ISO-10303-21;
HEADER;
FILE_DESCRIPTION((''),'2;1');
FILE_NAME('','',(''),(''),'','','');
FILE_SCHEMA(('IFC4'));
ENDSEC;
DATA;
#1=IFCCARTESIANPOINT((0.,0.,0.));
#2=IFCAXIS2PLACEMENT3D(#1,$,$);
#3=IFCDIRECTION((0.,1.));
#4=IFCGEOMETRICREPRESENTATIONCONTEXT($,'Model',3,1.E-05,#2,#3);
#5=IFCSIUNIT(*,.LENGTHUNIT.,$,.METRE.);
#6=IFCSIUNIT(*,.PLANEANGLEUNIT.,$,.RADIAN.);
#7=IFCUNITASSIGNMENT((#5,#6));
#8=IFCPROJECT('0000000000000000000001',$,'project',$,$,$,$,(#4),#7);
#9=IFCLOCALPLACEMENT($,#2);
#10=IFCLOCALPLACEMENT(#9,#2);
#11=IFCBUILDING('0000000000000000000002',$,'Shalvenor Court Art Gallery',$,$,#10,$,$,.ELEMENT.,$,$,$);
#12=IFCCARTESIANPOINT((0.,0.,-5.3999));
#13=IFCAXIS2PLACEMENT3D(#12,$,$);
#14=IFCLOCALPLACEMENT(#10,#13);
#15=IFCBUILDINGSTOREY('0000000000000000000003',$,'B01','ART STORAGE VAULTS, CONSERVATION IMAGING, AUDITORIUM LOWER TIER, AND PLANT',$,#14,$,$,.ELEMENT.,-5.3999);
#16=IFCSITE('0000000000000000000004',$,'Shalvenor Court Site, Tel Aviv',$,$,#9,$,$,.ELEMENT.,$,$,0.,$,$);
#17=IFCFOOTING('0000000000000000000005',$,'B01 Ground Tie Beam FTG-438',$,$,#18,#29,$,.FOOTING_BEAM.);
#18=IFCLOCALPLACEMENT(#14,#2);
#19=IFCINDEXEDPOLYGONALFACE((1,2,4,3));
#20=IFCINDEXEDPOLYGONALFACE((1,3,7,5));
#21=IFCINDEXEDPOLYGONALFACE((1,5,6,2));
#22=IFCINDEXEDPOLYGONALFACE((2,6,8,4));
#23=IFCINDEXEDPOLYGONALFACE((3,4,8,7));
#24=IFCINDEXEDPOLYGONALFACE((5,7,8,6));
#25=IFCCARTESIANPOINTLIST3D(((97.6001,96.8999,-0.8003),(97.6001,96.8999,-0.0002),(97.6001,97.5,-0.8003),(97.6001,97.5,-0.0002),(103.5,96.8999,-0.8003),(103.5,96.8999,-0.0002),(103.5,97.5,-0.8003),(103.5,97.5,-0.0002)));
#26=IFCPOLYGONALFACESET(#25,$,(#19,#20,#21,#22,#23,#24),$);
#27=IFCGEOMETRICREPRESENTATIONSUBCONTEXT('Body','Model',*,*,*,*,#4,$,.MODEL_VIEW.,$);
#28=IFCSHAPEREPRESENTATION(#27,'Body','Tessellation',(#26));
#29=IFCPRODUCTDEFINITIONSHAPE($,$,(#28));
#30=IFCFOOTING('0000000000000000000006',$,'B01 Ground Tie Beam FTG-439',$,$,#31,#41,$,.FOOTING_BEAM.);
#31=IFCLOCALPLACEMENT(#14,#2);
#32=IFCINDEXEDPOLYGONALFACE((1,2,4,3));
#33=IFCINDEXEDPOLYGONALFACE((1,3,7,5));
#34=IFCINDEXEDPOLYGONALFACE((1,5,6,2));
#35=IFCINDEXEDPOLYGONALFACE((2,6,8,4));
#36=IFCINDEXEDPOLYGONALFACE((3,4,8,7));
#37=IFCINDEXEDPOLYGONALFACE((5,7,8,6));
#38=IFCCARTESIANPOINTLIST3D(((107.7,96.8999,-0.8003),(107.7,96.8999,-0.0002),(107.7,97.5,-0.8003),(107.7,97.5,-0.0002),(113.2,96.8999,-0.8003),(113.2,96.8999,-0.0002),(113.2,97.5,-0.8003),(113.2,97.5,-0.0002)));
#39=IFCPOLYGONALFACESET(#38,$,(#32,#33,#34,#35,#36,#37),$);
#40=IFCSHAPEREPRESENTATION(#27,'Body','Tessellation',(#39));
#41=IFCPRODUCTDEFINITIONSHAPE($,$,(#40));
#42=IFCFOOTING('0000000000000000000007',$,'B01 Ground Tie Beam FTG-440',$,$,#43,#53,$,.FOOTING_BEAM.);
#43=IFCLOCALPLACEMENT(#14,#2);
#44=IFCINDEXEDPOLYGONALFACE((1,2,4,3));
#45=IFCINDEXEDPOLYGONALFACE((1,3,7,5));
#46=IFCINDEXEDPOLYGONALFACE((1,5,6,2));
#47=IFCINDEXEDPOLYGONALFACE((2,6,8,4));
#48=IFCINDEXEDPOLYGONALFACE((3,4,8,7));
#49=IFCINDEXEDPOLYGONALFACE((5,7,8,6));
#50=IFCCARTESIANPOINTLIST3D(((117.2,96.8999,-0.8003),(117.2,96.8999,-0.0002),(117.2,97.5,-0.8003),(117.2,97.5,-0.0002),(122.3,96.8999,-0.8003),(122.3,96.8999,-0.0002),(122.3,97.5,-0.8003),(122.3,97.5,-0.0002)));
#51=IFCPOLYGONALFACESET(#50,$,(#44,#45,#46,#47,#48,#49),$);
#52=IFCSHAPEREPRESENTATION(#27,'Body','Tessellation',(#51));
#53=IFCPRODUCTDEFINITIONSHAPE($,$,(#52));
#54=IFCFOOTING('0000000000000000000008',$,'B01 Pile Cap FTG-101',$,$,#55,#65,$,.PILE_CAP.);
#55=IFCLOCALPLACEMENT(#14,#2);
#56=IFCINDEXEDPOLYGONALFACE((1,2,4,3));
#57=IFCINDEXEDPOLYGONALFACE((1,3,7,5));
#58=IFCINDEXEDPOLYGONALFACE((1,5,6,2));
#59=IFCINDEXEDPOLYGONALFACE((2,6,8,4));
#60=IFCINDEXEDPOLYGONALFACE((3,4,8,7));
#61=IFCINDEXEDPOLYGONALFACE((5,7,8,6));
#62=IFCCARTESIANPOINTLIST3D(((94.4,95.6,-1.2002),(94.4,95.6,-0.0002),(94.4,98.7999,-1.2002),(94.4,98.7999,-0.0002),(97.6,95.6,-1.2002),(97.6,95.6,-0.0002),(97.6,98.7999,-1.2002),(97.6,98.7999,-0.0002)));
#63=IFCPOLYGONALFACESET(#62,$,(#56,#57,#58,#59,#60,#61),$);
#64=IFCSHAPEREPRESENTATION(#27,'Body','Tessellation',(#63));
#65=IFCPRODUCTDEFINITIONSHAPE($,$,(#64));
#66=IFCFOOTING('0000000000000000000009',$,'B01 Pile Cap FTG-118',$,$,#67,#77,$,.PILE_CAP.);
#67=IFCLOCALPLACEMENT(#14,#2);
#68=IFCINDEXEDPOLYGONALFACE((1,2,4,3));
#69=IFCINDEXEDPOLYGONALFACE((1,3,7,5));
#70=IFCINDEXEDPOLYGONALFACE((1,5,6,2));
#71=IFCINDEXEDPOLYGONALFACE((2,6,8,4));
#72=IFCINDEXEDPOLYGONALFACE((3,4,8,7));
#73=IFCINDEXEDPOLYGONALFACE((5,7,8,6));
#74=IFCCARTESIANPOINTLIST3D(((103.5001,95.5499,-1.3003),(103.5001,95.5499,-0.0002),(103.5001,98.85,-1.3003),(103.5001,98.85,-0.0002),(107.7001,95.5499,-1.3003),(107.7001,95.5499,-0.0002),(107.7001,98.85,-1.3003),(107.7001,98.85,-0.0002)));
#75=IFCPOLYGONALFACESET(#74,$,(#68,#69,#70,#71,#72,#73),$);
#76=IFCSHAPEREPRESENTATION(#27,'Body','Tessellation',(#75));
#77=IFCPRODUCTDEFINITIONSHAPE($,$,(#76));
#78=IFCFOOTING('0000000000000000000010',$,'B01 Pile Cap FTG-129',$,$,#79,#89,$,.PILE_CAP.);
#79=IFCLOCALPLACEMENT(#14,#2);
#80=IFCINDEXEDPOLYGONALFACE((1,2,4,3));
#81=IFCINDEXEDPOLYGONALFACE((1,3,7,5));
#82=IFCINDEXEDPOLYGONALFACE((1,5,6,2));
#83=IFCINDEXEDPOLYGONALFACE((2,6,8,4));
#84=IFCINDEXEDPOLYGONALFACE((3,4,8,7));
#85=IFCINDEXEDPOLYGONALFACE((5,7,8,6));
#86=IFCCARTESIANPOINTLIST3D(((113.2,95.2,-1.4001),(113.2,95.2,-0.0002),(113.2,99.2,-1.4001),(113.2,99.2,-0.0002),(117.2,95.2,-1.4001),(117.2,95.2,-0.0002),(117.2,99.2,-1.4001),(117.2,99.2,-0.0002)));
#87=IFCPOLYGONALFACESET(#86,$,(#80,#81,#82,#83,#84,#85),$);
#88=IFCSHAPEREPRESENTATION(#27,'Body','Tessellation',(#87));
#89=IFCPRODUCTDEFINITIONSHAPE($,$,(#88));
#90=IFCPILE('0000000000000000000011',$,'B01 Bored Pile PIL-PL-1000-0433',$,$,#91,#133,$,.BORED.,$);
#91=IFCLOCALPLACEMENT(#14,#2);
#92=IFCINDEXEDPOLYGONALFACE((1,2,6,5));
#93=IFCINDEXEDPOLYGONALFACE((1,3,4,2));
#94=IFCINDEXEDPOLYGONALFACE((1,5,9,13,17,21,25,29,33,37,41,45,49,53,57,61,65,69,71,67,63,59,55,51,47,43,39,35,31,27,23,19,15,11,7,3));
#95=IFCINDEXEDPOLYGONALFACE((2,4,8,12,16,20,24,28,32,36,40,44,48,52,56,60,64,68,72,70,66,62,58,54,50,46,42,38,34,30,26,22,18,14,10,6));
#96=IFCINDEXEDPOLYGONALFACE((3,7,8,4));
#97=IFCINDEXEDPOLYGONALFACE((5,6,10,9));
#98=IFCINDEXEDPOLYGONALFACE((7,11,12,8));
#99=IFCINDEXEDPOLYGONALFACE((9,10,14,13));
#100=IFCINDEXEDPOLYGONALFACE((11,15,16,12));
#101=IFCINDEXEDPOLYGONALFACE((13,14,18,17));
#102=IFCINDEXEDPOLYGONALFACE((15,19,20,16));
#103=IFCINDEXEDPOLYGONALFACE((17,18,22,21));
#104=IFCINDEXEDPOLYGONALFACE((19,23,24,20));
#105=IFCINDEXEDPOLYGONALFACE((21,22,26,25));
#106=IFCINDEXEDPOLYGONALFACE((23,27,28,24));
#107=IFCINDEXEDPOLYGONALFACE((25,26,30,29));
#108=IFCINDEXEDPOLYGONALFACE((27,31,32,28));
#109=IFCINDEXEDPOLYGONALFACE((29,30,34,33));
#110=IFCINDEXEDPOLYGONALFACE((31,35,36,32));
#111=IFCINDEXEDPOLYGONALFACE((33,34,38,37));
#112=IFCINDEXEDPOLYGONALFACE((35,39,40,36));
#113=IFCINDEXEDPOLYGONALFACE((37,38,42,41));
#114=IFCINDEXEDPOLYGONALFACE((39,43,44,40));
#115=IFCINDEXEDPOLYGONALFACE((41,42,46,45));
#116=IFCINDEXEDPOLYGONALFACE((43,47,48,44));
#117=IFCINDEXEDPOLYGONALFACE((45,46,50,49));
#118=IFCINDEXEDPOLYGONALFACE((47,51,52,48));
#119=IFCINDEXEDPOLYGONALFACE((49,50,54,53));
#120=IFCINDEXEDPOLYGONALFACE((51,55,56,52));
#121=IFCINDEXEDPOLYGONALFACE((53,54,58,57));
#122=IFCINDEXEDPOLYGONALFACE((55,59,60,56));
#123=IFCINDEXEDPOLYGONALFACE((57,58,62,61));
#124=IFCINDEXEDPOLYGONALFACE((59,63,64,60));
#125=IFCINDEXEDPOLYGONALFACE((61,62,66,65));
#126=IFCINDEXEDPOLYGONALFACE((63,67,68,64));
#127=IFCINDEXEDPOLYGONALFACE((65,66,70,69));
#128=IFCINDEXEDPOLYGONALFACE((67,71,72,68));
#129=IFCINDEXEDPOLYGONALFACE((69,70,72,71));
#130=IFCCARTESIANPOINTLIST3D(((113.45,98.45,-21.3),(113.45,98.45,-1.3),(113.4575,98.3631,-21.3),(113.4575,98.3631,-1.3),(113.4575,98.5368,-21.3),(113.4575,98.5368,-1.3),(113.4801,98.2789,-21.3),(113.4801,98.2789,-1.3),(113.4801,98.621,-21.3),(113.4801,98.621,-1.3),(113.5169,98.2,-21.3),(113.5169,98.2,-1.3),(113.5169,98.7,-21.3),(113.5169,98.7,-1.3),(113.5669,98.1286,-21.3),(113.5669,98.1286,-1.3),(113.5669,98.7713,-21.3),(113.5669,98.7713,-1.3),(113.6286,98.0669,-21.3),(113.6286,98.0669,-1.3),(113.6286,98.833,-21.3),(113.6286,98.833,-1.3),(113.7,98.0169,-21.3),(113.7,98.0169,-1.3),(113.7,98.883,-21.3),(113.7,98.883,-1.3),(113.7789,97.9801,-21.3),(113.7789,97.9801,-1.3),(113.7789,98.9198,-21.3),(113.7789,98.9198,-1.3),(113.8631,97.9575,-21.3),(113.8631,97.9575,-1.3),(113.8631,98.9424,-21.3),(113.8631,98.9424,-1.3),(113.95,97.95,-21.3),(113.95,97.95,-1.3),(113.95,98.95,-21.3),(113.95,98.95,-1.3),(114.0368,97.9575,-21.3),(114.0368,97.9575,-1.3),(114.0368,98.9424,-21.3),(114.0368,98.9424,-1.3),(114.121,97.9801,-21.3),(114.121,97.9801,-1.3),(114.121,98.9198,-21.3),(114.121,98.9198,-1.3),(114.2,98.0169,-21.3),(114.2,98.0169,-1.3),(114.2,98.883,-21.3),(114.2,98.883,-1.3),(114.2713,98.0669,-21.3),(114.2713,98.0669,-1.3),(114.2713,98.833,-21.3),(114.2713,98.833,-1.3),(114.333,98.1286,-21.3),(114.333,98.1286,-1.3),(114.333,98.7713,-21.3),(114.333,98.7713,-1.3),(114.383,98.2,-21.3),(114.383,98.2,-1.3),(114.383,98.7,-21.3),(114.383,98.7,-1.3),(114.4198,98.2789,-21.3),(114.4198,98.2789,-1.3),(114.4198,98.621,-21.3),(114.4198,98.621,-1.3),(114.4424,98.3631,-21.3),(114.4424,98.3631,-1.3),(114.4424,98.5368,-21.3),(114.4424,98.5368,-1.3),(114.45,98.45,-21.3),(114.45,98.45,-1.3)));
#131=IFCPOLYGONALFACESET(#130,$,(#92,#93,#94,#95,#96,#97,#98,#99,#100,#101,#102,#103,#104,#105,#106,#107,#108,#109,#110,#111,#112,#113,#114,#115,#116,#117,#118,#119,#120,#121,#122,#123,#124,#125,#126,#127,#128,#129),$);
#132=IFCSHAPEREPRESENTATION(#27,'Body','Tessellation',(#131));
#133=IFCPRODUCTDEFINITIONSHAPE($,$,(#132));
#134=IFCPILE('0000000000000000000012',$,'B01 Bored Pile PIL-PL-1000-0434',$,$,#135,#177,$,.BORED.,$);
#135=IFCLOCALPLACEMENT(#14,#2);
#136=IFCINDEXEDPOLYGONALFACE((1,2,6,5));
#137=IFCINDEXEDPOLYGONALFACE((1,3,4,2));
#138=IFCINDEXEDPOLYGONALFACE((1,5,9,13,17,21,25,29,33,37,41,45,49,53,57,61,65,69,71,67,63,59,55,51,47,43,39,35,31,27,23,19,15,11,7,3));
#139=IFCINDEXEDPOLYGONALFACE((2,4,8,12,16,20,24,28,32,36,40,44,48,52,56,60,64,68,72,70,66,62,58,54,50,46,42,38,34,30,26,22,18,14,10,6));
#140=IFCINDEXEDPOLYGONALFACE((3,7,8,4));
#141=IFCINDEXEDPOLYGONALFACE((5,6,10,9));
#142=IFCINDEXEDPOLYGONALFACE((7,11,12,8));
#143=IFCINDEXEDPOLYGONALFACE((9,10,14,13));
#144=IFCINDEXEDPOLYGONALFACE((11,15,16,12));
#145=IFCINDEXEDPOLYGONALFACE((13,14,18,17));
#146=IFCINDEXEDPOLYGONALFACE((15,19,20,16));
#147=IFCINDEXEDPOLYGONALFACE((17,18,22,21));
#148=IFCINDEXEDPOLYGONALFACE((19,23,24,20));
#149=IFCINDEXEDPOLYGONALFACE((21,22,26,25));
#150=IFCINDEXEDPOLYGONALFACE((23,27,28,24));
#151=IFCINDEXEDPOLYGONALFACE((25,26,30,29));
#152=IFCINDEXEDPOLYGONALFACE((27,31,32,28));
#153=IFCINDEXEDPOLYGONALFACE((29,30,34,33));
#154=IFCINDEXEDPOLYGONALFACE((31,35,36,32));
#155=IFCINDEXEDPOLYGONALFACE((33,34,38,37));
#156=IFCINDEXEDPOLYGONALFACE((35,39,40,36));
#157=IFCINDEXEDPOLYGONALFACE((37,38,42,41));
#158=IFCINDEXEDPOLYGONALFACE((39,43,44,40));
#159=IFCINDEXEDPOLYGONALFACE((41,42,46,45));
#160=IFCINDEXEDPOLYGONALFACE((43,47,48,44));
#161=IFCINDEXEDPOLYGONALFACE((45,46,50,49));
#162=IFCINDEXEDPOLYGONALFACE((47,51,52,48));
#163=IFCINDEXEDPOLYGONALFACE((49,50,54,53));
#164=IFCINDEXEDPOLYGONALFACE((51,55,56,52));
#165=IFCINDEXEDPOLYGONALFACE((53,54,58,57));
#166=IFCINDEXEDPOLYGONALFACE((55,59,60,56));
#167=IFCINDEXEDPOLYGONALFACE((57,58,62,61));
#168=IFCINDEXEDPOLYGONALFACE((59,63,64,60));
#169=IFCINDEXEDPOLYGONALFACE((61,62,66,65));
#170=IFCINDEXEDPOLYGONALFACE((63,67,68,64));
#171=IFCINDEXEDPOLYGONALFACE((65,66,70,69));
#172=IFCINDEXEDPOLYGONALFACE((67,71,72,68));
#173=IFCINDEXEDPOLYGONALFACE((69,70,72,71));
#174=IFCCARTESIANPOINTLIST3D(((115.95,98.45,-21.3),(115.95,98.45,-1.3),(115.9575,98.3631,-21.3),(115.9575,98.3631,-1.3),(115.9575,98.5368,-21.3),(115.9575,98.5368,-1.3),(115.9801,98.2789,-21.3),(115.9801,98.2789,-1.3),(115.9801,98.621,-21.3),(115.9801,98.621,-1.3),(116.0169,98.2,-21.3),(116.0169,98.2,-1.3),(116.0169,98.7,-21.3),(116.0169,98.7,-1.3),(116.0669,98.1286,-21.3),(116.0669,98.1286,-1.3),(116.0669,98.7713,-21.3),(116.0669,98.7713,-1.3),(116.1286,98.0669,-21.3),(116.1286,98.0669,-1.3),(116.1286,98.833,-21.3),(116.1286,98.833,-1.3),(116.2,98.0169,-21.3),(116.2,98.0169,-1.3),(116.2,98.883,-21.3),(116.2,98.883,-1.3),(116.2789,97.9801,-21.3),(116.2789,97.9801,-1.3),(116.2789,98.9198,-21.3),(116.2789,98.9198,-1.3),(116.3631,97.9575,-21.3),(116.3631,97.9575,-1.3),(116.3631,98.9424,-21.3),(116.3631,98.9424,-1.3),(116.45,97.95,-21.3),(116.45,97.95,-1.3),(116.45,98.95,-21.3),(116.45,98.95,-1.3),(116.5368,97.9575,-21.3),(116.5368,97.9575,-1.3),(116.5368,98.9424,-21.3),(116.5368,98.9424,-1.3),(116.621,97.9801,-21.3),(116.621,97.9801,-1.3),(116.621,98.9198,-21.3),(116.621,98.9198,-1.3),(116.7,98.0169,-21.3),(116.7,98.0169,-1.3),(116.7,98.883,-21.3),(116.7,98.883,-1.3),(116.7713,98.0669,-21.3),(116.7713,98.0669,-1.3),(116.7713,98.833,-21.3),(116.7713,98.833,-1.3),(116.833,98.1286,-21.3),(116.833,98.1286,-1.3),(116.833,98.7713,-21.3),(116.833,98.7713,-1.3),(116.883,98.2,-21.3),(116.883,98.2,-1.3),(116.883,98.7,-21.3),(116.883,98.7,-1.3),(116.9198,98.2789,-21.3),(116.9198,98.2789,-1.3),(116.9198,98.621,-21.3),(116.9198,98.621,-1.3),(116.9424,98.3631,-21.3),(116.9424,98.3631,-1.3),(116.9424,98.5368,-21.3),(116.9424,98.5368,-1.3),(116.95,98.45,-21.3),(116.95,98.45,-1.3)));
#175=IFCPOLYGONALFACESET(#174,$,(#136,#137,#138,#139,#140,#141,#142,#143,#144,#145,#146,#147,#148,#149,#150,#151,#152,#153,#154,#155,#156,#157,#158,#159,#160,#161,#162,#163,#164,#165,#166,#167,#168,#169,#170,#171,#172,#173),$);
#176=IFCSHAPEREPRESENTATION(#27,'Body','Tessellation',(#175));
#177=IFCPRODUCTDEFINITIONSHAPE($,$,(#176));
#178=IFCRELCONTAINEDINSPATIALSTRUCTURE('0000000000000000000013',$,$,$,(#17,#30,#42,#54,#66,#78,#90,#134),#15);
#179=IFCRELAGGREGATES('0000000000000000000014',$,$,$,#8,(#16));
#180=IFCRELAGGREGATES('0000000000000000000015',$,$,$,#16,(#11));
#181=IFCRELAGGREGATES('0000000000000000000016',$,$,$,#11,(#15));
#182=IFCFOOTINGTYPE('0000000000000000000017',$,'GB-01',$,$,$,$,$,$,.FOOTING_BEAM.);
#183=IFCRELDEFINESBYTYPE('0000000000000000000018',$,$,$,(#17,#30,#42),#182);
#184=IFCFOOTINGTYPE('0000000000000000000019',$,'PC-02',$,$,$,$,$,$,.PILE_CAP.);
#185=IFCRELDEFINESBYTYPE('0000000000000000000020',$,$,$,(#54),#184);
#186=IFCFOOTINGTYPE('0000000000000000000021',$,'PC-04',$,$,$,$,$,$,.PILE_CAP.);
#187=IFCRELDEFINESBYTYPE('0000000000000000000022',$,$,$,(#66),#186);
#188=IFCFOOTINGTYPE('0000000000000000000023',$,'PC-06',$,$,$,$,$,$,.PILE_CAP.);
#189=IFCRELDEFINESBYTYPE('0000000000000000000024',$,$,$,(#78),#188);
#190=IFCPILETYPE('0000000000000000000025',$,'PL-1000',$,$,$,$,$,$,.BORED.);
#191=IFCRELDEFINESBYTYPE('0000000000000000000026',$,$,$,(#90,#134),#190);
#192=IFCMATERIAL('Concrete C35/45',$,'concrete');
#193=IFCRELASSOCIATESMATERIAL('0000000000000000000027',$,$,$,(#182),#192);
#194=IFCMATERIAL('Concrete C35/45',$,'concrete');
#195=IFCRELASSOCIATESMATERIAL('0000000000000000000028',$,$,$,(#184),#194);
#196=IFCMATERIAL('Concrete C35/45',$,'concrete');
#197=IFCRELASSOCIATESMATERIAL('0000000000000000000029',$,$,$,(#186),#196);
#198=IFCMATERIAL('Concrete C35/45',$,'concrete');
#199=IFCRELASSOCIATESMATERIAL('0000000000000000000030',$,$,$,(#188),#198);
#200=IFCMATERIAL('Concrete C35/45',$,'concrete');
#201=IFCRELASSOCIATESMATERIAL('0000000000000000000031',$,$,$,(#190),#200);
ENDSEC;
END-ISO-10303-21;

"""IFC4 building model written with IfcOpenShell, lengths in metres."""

from ifc_helpers import new_model, si_unit, direction, frame, origin, origin_2d, place, context, subcontext, project, spatial, rectangle, circle, extrude, material, material_profile, profile_set, type_object, element, save


model = new_model("IFC4")

# Units and contexts
model_context = context("Model", 3, precision=1e-05, world=origin(), true_north=direction((0.0, 1.0)))
body_context = subcontext(model_context, "Body", "Model", "MODEL_VIEW")
ifc_project = project(units=[si_unit("LENGTHUNIT", "METRE"), si_unit("PLANEANGLEUNIT", "RADIAN")], contexts=[model_context])

# Site, building, storey
site_placement = place(None, origin())
site = spatial("IfcSite", under=ifc_project, at=site_placement, Name="Shalvenor Court Site, Tel Aviv", CompositionType="ELEMENT", RefElevation=0.0)
building_placement = place(site_placement, origin())
building = spatial("IfcBuilding", under=site, at=building_placement, Name="Shalvenor Court Art Gallery", CompositionType="ELEMENT")
storey_placement = place(building_placement, frame((0.0, 0.0, -5.3999)))
storey = spatial("IfcBuildingStorey", under=building, at=storey_placement, Name="B01", Description="ART STORAGE VAULTS, CONSERVATION IMAGING, AUDITORIUM LOWER TIER, AND PLANT", CompositionType="ELEMENT", Elevation=-5.3999)

# Footings
ifc_material_1 = material(Name="Concrete C35/45", Category="concrete")
footing_type_1 = type_object("IfcFootingType", Name="GB-01", PredefinedType="FOOTING_BEAM", material=ifc_material_1)
footing_1_placement = place(storey_placement, frame((100.55, 97.2, -0.8003), z_axis=(0.0, 0.0, 1.0), x_axis=(1.0, 0.0, 0.0)))
element("IfcFooting", 1, at=footing_1_placement, inside=storey, type_object=footing_type_1, Name="B01 Ground Tie Beam FTG-438", PredefinedType="FOOTING_BEAM", context=body_context, shape_type="SweptSolid", body=[
    extrude(rectangle(XDim=5.8999, YDim=0.6001, at=origin_2d()), origin(), (0.0, 0.0, 1.0), 0.8),
])
footing_2_placement = place(storey_placement, frame((110.45, 97.2, -0.8003), z_axis=(0.0, 0.0, 1.0), x_axis=(1.0, 0.0, 0.0)))
element("IfcFooting", 2, at=footing_2_placement, inside=storey, type_object=footing_type_1, Name="B01 Ground Tie Beam FTG-439", PredefinedType="FOOTING_BEAM", context=body_context, shape_type="SweptSolid", body=[
    extrude(rectangle(XDim=5.5, YDim=0.6001, at=origin_2d()), origin(), (0.0, 0.0, 1.0), 0.8),
])
footing_3_placement = place(storey_placement, frame((119.75, 97.2, -0.8003), z_axis=(0.0, 0.0, 1.0), x_axis=(1.0, 0.0, 0.0)))
element("IfcFooting", 3, at=footing_3_placement, inside=storey, type_object=footing_type_1, Name="B01 Ground Tie Beam FTG-440", PredefinedType="FOOTING_BEAM", context=body_context, shape_type="SweptSolid", body=[
    extrude(rectangle(XDim=5.1001, YDim=0.6001, at=origin_2d()), origin(), (0.0, 0.0, 1.0), 0.8),
])
ifc_material_2 = material(Name="Concrete C35/45", Category="concrete")
footing_type_2 = type_object("IfcFootingType", Name="PC-02", PredefinedType="PILE_CAP", material=ifc_material_2)
footing_4_placement = place(storey_placement, frame((96.0, 97.2, -1.2002), z_axis=(0.0, 0.0, 1.0), x_axis=(1.0, 0.0, 0.0)))
element("IfcFooting", 4, at=footing_4_placement, inside=storey, type_object=footing_type_2, Name="B01 Pile Cap FTG-101", PredefinedType="PILE_CAP", context=body_context, shape_type="SweptSolid", body=[
    extrude(rectangle(XDim=3.2, YDim=3.2, at=origin_2d()), origin(), (0.0, 0.0, 1.0), 1.2),
])
ifc_material_3 = material(Name="Concrete C35/45", Category="concrete")
footing_type_3 = type_object("IfcFootingType", Name="PC-04", PredefinedType="PILE_CAP", material=ifc_material_3)
footing_5_placement = place(storey_placement, frame((105.6001, 97.2, -1.3003), z_axis=(0.0, 0.0, 1.0), x_axis=(1.0, 0.0, 0.0)))
element("IfcFooting", 5, at=footing_5_placement, inside=storey, type_object=footing_type_3, Name="B01 Pile Cap FTG-118", PredefinedType="PILE_CAP", context=body_context, shape_type="SweptSolid", body=[
    extrude(rectangle(XDim=4.2, YDim=3.3, at=origin_2d()), origin(), (0.0, 0.0, 1.0), 1.3),
])
ifc_material_4 = material(Name="Concrete C35/45", Category="concrete")
footing_type_4 = type_object("IfcFootingType", Name="PC-06", PredefinedType="PILE_CAP", material=ifc_material_4)
footing_6_placement = place(storey_placement, frame((115.2, 97.2, -1.4001), z_axis=(0.0, 0.0, 1.0), x_axis=(1.0, 0.0, 0.0)))
element("IfcFooting", 6, at=footing_6_placement, inside=storey, type_object=footing_type_4, Name="B01 Pile Cap FTG-129", PredefinedType="PILE_CAP", context=body_context, shape_type="SweptSolid", body=[
    extrude(rectangle(XDim=4.0, YDim=4.0, at=origin_2d()), origin(), (0.0, 0.0, 1.0), 1.3999),
])

# Piles
ifc_material_5 = material(Name="Concrete C35/45", Category="concrete")
ifc_material_profile_1 = material_profile(ifc_material_5, circle(Radius=0.5, at=origin_2d()), Name="PILE 1000")
ifc_profile_set_1 = profile_set([ifc_material_profile_1], Name="Concrete C35/45")
pile_type_1 = type_object("IfcPileType", Name="PL-1000", PredefinedType="BORED", material=ifc_profile_set_1)
for number, where, z_axis, x_axis, name in (
    (7, (113.95, 98.45, -1.3), (0.0, 0.0, -1.0), (1.0, 0.0, 0.0), "B01 Bored Pile PIL-PL-1000-0433"),
    (8, (116.45, 98.45, -1.3), (0.0, 0.0, -1.0), (1.0, 0.0, 0.0), "B01 Bored Pile PIL-PL-1000-0434"),
):
    element("IfcPile", number, at=place(storey_placement, frame(where, z_axis=z_axis, x_axis=x_axis)), inside=storey, type_object=pile_type_1, Name=name, PredefinedType="BORED", context=body_context, shape_type="SweptSolid", body=[
        extrude(circle(Radius=0.5, at=origin_2d()), origin(), (0.0, 0.0, 1.0), 20.0),
    ])

save(model, "model.ifc")
